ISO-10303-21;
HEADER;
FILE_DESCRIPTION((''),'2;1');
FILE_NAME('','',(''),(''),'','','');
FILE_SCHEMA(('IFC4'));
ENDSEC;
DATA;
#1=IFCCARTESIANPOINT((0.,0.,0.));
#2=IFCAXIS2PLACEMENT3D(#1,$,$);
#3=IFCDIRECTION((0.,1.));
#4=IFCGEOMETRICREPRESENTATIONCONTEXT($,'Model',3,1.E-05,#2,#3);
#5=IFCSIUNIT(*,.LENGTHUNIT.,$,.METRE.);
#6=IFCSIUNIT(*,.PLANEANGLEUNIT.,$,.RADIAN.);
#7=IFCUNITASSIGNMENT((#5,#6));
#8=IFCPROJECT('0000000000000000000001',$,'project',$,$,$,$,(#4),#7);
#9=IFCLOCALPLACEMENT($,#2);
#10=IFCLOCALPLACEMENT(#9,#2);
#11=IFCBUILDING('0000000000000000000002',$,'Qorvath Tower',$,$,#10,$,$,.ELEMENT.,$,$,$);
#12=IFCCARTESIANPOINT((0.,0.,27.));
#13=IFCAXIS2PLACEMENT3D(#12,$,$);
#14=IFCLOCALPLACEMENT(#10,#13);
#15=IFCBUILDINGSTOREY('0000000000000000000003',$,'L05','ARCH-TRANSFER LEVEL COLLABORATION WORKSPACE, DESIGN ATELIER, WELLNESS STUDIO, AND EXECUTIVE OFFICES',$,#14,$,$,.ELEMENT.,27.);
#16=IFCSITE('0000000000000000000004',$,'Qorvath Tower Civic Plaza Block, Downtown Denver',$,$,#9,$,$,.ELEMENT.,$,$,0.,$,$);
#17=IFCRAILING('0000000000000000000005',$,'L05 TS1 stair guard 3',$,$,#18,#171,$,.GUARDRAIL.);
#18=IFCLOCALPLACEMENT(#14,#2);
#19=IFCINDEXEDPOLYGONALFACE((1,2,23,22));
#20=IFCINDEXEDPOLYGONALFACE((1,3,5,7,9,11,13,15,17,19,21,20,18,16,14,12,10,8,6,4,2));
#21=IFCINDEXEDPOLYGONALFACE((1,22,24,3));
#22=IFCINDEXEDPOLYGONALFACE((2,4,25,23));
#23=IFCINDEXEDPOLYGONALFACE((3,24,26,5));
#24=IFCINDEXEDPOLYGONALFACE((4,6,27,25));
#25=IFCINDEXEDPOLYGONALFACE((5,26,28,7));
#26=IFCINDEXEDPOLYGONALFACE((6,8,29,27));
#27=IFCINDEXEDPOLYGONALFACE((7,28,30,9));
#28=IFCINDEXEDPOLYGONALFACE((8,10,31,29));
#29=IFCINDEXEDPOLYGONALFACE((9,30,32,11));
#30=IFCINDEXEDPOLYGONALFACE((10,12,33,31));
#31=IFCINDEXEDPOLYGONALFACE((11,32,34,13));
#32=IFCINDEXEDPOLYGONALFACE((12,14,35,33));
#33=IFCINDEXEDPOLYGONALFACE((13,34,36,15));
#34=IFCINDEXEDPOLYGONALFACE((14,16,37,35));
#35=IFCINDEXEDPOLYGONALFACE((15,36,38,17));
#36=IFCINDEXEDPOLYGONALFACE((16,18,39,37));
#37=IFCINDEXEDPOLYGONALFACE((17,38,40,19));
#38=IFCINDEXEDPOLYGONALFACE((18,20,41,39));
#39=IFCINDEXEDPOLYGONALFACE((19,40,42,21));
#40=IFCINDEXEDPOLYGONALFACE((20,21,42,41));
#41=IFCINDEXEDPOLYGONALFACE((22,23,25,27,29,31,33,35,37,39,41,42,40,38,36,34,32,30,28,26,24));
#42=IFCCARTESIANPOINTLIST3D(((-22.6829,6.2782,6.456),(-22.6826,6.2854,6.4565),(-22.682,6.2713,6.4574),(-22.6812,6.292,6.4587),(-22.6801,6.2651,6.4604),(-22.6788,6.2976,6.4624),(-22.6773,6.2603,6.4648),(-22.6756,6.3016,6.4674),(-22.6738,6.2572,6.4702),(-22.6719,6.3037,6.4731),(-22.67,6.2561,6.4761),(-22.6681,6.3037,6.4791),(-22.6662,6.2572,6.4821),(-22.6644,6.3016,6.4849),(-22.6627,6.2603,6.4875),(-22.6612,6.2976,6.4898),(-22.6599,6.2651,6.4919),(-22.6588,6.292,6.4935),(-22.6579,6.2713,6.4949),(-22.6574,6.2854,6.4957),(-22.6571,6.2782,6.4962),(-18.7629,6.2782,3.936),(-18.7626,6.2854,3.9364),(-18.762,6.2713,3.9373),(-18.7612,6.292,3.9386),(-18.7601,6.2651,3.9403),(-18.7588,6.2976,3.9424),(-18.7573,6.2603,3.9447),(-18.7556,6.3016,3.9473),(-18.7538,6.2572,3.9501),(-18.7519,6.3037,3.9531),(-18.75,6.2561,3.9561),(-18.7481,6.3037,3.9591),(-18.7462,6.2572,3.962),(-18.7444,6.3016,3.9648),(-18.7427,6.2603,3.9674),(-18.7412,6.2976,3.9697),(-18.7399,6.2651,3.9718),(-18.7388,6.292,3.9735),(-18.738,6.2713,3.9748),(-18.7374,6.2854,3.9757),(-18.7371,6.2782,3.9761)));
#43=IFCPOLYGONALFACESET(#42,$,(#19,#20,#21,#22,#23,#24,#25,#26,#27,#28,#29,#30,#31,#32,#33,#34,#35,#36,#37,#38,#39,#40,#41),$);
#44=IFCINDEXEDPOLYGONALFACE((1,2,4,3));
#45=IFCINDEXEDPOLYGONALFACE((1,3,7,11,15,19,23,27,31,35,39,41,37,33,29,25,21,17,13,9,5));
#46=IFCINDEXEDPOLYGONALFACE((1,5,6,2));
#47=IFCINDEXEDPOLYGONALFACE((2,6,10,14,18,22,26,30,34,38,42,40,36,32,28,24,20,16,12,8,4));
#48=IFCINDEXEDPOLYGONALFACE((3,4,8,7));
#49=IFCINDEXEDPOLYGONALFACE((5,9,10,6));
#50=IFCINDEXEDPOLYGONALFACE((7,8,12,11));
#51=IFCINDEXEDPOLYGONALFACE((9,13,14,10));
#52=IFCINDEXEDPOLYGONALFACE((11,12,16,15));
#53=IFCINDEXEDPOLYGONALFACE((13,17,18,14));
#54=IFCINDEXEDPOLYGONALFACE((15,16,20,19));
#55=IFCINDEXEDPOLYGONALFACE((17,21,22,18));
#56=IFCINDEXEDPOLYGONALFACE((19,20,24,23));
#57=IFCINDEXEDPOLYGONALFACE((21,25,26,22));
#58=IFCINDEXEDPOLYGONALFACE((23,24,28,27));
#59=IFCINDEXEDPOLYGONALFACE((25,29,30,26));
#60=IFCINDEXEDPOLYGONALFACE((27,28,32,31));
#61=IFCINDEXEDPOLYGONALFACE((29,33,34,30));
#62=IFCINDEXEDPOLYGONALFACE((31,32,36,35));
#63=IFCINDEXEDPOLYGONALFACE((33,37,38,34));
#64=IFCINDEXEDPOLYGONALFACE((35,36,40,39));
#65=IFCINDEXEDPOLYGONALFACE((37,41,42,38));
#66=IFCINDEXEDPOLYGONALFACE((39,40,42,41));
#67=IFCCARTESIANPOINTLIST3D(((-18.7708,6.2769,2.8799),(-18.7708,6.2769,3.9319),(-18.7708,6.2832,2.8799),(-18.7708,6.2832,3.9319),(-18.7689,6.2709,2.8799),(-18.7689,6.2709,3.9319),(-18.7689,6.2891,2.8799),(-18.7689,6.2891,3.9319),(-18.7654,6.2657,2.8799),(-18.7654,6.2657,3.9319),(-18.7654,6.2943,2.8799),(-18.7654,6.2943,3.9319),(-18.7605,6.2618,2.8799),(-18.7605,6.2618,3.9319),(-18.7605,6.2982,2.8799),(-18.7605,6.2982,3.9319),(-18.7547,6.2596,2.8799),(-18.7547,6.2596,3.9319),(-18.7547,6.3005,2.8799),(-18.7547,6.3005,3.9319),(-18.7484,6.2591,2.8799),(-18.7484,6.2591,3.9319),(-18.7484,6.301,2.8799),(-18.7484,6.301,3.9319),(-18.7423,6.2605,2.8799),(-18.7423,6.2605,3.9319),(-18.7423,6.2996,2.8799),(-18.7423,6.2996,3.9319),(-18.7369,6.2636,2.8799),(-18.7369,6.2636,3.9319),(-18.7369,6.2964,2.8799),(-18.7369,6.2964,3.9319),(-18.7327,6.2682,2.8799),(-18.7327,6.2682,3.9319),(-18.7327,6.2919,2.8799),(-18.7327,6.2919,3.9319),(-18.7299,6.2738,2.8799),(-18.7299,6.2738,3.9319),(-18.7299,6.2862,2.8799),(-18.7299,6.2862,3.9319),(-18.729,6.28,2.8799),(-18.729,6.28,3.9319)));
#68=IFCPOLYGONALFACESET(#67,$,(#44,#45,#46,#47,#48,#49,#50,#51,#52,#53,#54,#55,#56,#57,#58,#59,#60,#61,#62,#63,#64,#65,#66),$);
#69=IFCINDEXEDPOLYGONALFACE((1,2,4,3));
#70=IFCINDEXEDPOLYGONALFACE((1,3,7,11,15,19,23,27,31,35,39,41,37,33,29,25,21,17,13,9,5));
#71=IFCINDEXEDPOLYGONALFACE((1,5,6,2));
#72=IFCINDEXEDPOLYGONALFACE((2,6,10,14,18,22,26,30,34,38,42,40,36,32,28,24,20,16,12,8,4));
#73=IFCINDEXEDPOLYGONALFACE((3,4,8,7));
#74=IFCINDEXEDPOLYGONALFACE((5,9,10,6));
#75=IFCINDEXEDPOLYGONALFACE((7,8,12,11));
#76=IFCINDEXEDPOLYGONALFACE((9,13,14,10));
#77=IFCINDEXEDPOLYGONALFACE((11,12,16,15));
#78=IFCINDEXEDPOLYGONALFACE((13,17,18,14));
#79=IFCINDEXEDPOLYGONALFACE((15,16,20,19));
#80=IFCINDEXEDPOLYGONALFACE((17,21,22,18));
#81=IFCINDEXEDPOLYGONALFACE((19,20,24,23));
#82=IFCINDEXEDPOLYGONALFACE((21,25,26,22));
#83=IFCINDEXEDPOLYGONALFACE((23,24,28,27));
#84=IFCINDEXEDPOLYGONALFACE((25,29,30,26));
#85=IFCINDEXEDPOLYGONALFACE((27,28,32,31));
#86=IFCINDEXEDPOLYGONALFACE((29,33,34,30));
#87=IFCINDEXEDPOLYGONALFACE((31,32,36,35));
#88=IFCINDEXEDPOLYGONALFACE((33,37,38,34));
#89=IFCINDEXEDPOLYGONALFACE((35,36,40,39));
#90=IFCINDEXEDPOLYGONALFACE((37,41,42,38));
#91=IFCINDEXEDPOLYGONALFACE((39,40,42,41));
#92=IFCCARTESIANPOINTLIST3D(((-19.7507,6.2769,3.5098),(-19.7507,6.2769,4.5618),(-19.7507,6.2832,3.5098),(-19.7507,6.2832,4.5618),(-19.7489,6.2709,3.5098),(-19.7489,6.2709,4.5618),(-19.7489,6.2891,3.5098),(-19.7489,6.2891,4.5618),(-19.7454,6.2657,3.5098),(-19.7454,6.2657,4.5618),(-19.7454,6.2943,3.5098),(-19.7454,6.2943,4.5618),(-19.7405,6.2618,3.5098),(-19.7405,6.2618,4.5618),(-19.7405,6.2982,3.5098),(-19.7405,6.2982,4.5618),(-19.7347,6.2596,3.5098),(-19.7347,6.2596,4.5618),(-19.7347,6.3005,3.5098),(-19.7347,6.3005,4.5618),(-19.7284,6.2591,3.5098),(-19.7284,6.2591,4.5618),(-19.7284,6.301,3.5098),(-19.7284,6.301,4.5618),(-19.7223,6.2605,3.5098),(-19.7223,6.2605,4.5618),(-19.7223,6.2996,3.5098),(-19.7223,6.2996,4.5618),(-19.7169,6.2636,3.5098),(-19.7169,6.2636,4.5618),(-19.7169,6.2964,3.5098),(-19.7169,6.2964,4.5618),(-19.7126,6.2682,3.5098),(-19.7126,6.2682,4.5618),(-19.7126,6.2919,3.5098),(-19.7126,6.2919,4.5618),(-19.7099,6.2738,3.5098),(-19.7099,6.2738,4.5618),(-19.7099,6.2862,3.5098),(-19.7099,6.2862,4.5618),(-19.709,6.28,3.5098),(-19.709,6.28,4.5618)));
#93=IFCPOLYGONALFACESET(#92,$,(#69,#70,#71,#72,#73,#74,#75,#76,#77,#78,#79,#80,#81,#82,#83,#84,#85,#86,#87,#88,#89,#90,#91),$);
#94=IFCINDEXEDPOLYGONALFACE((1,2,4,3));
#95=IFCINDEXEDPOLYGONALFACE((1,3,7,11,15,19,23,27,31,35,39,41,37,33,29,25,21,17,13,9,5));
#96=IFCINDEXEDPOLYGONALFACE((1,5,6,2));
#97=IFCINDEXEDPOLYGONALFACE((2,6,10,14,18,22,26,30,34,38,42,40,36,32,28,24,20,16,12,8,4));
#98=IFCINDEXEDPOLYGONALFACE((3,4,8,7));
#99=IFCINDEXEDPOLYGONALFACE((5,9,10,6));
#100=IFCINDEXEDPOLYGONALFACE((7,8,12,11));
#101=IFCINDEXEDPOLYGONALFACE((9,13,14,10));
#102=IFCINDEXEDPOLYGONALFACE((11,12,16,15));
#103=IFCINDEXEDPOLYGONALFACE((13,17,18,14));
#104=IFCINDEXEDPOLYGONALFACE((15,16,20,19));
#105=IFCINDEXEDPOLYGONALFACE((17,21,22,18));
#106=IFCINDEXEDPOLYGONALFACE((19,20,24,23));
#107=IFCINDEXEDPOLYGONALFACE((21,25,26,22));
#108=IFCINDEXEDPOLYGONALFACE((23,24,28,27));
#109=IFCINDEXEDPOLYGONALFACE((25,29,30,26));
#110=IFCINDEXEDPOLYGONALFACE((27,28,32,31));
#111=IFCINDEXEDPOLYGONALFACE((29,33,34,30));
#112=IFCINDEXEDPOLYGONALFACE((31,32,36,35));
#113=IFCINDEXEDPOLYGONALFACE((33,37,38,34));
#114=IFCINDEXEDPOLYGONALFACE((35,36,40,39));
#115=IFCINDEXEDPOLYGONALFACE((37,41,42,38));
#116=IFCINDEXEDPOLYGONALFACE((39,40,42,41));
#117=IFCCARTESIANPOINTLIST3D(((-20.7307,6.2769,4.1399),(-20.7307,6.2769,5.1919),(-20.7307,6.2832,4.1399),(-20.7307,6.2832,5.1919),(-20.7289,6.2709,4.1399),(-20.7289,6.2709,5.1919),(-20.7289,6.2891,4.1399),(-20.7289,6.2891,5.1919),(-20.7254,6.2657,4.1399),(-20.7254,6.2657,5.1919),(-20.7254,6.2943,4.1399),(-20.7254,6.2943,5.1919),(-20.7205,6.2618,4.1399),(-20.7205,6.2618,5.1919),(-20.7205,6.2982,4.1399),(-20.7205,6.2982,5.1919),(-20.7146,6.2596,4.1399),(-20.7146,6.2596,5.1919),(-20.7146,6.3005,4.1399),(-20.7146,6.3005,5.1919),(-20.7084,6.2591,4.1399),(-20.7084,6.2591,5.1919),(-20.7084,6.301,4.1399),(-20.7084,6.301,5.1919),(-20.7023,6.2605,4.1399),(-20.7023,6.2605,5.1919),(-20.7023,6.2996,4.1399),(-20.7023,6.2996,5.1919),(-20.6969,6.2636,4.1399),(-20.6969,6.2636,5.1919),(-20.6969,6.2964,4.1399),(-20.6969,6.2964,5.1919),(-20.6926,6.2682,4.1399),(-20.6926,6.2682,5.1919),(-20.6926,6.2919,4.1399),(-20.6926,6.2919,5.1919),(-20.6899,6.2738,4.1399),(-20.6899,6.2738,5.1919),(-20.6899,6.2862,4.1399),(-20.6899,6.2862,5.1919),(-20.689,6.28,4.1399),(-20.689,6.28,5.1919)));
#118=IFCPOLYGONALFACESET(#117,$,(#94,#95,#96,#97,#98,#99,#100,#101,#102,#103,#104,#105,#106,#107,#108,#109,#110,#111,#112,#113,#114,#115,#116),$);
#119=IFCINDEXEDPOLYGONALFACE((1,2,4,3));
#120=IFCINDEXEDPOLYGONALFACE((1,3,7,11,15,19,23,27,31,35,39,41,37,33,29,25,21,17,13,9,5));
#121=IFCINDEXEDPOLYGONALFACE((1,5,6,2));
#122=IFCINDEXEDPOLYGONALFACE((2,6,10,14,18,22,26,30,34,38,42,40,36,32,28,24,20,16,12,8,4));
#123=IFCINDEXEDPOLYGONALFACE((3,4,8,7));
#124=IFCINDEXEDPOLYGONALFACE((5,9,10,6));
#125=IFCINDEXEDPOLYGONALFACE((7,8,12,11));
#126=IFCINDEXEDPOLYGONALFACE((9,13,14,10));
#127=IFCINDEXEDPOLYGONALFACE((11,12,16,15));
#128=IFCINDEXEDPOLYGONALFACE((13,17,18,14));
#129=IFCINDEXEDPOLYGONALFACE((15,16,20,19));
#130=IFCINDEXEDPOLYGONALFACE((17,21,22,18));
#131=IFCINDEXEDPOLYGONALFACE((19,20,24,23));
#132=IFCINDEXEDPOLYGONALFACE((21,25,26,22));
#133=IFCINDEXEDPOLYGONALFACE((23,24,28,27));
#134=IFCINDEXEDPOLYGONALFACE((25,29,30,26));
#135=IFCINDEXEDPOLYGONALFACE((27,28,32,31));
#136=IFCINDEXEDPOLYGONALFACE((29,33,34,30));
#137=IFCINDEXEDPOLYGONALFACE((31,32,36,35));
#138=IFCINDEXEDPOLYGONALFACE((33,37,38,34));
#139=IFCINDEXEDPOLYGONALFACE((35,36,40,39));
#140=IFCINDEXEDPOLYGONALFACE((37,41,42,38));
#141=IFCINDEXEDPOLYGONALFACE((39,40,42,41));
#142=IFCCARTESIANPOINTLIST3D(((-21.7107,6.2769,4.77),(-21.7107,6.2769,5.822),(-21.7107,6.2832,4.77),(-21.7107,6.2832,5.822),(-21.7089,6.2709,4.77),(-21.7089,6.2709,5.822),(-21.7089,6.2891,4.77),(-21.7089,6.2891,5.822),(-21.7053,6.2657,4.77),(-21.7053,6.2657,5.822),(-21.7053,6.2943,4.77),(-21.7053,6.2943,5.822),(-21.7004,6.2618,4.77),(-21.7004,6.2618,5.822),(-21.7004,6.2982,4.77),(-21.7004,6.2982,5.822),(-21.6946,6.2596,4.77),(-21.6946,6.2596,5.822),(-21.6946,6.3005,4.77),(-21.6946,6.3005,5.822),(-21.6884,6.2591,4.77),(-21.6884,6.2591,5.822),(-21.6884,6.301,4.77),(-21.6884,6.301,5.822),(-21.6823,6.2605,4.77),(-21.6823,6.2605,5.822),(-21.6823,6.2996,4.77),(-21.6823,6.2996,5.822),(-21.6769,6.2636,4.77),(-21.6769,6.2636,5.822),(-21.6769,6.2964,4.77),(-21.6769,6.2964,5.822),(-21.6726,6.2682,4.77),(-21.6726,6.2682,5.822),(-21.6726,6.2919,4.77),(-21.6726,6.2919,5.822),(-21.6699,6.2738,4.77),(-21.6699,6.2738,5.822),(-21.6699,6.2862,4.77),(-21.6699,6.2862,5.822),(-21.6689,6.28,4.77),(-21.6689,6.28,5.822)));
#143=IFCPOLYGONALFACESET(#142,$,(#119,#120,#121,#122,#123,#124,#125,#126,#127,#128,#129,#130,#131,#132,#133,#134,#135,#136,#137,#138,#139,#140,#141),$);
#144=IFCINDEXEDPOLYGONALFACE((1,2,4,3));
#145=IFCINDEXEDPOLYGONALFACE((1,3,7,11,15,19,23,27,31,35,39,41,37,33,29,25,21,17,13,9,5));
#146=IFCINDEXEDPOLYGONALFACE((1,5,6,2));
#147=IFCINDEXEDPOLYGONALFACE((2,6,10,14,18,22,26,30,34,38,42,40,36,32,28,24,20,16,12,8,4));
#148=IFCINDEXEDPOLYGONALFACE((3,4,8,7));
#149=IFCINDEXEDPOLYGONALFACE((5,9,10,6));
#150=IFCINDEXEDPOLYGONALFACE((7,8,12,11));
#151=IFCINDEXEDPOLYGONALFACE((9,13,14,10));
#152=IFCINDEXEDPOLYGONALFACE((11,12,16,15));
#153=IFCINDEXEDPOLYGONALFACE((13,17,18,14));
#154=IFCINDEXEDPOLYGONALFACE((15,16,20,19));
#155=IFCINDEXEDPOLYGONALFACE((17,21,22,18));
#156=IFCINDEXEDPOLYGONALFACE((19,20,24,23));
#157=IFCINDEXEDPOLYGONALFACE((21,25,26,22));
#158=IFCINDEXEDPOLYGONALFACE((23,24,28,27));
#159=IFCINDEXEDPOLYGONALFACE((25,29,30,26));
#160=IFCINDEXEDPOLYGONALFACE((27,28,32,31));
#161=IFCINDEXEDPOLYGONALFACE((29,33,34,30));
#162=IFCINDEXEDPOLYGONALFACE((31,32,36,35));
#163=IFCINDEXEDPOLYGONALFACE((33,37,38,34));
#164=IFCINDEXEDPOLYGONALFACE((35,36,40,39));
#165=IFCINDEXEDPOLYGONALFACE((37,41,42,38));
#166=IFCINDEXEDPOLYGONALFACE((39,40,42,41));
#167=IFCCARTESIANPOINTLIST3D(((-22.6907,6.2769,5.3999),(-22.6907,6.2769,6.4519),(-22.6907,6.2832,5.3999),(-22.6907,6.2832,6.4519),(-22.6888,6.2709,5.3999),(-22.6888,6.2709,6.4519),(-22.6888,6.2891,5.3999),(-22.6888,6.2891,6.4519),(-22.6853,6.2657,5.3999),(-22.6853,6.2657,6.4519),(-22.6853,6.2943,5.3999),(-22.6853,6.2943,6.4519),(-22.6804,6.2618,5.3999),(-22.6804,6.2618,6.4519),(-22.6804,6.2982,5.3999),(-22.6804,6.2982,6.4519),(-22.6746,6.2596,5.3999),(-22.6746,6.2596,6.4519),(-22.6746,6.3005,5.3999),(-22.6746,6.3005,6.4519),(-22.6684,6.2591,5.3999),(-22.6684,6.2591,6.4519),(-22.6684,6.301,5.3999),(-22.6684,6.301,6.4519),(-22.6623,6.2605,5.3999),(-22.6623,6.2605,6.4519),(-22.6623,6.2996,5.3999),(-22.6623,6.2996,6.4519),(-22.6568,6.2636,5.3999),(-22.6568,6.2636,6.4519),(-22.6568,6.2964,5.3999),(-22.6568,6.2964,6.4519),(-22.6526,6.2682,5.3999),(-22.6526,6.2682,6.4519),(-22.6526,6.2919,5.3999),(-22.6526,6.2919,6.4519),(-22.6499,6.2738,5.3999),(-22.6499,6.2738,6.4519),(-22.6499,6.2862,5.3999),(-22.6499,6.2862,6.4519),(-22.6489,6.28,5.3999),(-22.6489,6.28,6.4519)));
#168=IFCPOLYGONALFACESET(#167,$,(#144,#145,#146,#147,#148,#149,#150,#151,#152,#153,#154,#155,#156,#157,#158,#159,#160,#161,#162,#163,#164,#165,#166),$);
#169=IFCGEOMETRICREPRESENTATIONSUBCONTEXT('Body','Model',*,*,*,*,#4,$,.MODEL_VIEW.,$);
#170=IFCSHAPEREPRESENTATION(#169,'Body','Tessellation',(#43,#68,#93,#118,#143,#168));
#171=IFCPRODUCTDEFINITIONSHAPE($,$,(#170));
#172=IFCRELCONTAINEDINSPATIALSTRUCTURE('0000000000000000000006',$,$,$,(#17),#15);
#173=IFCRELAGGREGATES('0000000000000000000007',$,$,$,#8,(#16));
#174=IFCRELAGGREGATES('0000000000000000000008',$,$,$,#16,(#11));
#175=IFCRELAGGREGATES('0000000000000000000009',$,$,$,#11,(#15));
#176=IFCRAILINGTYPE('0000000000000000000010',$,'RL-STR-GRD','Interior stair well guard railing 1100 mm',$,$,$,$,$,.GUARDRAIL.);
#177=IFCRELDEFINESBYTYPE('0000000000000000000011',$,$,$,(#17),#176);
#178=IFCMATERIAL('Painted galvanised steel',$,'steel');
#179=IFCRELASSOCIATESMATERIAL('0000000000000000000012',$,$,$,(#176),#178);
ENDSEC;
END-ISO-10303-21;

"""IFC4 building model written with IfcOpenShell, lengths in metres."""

from ifc_helpers import new_model, si_unit, direction, frame, origin, origin_2d, place, context, subcontext, project, spatial, circle, extrude, material, type_object, element, save


model = new_model("IFC4")

# Units and contexts
model_context = context("Model", 3, precision=1e-05, world=origin(), true_north=direction((0.0, 1.0)))
body_context = subcontext(model_context, "Body", "Model", "MODEL_VIEW")
ifc_project = project(units=[si_unit("LENGTHUNIT", "METRE"), si_unit("PLANEANGLEUNIT", "RADIAN")], contexts=[model_context])

# Site, building, storey
site_placement = place(None, origin())
site = spatial("IfcSite", under=ifc_project, at=site_placement, Name="Qorvath Tower Civic Plaza Block, Downtown Denver", CompositionType="ELEMENT", RefElevation=0.0)
building_placement = place(site_placement, origin())
building = spatial("IfcBuilding", under=site, at=building_placement, Name="Qorvath Tower", CompositionType="ELEMENT")
storey_placement = place(building_placement, frame((0.0, 0.0, 27.0)))
storey = spatial("IfcBuildingStorey", under=building, at=storey_placement, Name="L05", Description="ARCH-TRANSFER LEVEL COLLABORATION WORKSPACE, DESIGN ATELIER, WELLNESS STUDIO, AND EXECUTIVE OFFICES", CompositionType="ELEMENT", Elevation=27.0)

# Railing
ifc_material_1 = material(Name="Painted galvanised steel", Category="steel")
railing_type_1 = type_object("IfcRailingType", Name="RL-STR-GRD", Description="Interior stair well guard railing 1100 mm", PredefinedType="GUARDRAIL", material=ifc_material_1)
railing_1_placement = place(storey_placement, frame((-18.75, 6.28, 2.8799)))
element("IfcRailing", 1, at=railing_1_placement, inside=storey, type_object=railing_type_1, Name="L05 TS1 stair guard 3", PredefinedType="GUARDRAIL", context=body_context, shape_type="SweptSolid", body=[
    extrude(circle(Radius=0.0239, at=origin_2d()), frame((0.0, 0.0, 1.0762), z_axis=(-0.841172, 0.0, 0.540768), x_axis=(0.0, -1.0, 0.0)), (0.0, 0.0, 1.0), 4.6602),
    extrude(circle(Radius=0.021, at=origin_2d()), origin(), (0.0, 0.0, 1.0), 1.052),
    extrude(circle(Radius=0.021, at=origin_2d()), frame((-0.98, 0.0, 0.6299)), (0.0, 0.0, 1.0), 1.052),
    extrude(circle(Radius=0.021, at=origin_2d()), frame((-1.96, 0.0, 1.26)), (0.0, 0.0, 1.0), 1.052),
    extrude(circle(Radius=0.021, at=origin_2d()), frame((-2.9399, 0.0, 1.8901)), (0.0, 0.0, 1.0), 1.052),
    extrude(circle(Radius=0.021, at=origin_2d()), frame((-3.9199, 0.0, 2.52)), (0.0, 0.0, 1.0), 1.052),
])

save(model, "model.ifc")
